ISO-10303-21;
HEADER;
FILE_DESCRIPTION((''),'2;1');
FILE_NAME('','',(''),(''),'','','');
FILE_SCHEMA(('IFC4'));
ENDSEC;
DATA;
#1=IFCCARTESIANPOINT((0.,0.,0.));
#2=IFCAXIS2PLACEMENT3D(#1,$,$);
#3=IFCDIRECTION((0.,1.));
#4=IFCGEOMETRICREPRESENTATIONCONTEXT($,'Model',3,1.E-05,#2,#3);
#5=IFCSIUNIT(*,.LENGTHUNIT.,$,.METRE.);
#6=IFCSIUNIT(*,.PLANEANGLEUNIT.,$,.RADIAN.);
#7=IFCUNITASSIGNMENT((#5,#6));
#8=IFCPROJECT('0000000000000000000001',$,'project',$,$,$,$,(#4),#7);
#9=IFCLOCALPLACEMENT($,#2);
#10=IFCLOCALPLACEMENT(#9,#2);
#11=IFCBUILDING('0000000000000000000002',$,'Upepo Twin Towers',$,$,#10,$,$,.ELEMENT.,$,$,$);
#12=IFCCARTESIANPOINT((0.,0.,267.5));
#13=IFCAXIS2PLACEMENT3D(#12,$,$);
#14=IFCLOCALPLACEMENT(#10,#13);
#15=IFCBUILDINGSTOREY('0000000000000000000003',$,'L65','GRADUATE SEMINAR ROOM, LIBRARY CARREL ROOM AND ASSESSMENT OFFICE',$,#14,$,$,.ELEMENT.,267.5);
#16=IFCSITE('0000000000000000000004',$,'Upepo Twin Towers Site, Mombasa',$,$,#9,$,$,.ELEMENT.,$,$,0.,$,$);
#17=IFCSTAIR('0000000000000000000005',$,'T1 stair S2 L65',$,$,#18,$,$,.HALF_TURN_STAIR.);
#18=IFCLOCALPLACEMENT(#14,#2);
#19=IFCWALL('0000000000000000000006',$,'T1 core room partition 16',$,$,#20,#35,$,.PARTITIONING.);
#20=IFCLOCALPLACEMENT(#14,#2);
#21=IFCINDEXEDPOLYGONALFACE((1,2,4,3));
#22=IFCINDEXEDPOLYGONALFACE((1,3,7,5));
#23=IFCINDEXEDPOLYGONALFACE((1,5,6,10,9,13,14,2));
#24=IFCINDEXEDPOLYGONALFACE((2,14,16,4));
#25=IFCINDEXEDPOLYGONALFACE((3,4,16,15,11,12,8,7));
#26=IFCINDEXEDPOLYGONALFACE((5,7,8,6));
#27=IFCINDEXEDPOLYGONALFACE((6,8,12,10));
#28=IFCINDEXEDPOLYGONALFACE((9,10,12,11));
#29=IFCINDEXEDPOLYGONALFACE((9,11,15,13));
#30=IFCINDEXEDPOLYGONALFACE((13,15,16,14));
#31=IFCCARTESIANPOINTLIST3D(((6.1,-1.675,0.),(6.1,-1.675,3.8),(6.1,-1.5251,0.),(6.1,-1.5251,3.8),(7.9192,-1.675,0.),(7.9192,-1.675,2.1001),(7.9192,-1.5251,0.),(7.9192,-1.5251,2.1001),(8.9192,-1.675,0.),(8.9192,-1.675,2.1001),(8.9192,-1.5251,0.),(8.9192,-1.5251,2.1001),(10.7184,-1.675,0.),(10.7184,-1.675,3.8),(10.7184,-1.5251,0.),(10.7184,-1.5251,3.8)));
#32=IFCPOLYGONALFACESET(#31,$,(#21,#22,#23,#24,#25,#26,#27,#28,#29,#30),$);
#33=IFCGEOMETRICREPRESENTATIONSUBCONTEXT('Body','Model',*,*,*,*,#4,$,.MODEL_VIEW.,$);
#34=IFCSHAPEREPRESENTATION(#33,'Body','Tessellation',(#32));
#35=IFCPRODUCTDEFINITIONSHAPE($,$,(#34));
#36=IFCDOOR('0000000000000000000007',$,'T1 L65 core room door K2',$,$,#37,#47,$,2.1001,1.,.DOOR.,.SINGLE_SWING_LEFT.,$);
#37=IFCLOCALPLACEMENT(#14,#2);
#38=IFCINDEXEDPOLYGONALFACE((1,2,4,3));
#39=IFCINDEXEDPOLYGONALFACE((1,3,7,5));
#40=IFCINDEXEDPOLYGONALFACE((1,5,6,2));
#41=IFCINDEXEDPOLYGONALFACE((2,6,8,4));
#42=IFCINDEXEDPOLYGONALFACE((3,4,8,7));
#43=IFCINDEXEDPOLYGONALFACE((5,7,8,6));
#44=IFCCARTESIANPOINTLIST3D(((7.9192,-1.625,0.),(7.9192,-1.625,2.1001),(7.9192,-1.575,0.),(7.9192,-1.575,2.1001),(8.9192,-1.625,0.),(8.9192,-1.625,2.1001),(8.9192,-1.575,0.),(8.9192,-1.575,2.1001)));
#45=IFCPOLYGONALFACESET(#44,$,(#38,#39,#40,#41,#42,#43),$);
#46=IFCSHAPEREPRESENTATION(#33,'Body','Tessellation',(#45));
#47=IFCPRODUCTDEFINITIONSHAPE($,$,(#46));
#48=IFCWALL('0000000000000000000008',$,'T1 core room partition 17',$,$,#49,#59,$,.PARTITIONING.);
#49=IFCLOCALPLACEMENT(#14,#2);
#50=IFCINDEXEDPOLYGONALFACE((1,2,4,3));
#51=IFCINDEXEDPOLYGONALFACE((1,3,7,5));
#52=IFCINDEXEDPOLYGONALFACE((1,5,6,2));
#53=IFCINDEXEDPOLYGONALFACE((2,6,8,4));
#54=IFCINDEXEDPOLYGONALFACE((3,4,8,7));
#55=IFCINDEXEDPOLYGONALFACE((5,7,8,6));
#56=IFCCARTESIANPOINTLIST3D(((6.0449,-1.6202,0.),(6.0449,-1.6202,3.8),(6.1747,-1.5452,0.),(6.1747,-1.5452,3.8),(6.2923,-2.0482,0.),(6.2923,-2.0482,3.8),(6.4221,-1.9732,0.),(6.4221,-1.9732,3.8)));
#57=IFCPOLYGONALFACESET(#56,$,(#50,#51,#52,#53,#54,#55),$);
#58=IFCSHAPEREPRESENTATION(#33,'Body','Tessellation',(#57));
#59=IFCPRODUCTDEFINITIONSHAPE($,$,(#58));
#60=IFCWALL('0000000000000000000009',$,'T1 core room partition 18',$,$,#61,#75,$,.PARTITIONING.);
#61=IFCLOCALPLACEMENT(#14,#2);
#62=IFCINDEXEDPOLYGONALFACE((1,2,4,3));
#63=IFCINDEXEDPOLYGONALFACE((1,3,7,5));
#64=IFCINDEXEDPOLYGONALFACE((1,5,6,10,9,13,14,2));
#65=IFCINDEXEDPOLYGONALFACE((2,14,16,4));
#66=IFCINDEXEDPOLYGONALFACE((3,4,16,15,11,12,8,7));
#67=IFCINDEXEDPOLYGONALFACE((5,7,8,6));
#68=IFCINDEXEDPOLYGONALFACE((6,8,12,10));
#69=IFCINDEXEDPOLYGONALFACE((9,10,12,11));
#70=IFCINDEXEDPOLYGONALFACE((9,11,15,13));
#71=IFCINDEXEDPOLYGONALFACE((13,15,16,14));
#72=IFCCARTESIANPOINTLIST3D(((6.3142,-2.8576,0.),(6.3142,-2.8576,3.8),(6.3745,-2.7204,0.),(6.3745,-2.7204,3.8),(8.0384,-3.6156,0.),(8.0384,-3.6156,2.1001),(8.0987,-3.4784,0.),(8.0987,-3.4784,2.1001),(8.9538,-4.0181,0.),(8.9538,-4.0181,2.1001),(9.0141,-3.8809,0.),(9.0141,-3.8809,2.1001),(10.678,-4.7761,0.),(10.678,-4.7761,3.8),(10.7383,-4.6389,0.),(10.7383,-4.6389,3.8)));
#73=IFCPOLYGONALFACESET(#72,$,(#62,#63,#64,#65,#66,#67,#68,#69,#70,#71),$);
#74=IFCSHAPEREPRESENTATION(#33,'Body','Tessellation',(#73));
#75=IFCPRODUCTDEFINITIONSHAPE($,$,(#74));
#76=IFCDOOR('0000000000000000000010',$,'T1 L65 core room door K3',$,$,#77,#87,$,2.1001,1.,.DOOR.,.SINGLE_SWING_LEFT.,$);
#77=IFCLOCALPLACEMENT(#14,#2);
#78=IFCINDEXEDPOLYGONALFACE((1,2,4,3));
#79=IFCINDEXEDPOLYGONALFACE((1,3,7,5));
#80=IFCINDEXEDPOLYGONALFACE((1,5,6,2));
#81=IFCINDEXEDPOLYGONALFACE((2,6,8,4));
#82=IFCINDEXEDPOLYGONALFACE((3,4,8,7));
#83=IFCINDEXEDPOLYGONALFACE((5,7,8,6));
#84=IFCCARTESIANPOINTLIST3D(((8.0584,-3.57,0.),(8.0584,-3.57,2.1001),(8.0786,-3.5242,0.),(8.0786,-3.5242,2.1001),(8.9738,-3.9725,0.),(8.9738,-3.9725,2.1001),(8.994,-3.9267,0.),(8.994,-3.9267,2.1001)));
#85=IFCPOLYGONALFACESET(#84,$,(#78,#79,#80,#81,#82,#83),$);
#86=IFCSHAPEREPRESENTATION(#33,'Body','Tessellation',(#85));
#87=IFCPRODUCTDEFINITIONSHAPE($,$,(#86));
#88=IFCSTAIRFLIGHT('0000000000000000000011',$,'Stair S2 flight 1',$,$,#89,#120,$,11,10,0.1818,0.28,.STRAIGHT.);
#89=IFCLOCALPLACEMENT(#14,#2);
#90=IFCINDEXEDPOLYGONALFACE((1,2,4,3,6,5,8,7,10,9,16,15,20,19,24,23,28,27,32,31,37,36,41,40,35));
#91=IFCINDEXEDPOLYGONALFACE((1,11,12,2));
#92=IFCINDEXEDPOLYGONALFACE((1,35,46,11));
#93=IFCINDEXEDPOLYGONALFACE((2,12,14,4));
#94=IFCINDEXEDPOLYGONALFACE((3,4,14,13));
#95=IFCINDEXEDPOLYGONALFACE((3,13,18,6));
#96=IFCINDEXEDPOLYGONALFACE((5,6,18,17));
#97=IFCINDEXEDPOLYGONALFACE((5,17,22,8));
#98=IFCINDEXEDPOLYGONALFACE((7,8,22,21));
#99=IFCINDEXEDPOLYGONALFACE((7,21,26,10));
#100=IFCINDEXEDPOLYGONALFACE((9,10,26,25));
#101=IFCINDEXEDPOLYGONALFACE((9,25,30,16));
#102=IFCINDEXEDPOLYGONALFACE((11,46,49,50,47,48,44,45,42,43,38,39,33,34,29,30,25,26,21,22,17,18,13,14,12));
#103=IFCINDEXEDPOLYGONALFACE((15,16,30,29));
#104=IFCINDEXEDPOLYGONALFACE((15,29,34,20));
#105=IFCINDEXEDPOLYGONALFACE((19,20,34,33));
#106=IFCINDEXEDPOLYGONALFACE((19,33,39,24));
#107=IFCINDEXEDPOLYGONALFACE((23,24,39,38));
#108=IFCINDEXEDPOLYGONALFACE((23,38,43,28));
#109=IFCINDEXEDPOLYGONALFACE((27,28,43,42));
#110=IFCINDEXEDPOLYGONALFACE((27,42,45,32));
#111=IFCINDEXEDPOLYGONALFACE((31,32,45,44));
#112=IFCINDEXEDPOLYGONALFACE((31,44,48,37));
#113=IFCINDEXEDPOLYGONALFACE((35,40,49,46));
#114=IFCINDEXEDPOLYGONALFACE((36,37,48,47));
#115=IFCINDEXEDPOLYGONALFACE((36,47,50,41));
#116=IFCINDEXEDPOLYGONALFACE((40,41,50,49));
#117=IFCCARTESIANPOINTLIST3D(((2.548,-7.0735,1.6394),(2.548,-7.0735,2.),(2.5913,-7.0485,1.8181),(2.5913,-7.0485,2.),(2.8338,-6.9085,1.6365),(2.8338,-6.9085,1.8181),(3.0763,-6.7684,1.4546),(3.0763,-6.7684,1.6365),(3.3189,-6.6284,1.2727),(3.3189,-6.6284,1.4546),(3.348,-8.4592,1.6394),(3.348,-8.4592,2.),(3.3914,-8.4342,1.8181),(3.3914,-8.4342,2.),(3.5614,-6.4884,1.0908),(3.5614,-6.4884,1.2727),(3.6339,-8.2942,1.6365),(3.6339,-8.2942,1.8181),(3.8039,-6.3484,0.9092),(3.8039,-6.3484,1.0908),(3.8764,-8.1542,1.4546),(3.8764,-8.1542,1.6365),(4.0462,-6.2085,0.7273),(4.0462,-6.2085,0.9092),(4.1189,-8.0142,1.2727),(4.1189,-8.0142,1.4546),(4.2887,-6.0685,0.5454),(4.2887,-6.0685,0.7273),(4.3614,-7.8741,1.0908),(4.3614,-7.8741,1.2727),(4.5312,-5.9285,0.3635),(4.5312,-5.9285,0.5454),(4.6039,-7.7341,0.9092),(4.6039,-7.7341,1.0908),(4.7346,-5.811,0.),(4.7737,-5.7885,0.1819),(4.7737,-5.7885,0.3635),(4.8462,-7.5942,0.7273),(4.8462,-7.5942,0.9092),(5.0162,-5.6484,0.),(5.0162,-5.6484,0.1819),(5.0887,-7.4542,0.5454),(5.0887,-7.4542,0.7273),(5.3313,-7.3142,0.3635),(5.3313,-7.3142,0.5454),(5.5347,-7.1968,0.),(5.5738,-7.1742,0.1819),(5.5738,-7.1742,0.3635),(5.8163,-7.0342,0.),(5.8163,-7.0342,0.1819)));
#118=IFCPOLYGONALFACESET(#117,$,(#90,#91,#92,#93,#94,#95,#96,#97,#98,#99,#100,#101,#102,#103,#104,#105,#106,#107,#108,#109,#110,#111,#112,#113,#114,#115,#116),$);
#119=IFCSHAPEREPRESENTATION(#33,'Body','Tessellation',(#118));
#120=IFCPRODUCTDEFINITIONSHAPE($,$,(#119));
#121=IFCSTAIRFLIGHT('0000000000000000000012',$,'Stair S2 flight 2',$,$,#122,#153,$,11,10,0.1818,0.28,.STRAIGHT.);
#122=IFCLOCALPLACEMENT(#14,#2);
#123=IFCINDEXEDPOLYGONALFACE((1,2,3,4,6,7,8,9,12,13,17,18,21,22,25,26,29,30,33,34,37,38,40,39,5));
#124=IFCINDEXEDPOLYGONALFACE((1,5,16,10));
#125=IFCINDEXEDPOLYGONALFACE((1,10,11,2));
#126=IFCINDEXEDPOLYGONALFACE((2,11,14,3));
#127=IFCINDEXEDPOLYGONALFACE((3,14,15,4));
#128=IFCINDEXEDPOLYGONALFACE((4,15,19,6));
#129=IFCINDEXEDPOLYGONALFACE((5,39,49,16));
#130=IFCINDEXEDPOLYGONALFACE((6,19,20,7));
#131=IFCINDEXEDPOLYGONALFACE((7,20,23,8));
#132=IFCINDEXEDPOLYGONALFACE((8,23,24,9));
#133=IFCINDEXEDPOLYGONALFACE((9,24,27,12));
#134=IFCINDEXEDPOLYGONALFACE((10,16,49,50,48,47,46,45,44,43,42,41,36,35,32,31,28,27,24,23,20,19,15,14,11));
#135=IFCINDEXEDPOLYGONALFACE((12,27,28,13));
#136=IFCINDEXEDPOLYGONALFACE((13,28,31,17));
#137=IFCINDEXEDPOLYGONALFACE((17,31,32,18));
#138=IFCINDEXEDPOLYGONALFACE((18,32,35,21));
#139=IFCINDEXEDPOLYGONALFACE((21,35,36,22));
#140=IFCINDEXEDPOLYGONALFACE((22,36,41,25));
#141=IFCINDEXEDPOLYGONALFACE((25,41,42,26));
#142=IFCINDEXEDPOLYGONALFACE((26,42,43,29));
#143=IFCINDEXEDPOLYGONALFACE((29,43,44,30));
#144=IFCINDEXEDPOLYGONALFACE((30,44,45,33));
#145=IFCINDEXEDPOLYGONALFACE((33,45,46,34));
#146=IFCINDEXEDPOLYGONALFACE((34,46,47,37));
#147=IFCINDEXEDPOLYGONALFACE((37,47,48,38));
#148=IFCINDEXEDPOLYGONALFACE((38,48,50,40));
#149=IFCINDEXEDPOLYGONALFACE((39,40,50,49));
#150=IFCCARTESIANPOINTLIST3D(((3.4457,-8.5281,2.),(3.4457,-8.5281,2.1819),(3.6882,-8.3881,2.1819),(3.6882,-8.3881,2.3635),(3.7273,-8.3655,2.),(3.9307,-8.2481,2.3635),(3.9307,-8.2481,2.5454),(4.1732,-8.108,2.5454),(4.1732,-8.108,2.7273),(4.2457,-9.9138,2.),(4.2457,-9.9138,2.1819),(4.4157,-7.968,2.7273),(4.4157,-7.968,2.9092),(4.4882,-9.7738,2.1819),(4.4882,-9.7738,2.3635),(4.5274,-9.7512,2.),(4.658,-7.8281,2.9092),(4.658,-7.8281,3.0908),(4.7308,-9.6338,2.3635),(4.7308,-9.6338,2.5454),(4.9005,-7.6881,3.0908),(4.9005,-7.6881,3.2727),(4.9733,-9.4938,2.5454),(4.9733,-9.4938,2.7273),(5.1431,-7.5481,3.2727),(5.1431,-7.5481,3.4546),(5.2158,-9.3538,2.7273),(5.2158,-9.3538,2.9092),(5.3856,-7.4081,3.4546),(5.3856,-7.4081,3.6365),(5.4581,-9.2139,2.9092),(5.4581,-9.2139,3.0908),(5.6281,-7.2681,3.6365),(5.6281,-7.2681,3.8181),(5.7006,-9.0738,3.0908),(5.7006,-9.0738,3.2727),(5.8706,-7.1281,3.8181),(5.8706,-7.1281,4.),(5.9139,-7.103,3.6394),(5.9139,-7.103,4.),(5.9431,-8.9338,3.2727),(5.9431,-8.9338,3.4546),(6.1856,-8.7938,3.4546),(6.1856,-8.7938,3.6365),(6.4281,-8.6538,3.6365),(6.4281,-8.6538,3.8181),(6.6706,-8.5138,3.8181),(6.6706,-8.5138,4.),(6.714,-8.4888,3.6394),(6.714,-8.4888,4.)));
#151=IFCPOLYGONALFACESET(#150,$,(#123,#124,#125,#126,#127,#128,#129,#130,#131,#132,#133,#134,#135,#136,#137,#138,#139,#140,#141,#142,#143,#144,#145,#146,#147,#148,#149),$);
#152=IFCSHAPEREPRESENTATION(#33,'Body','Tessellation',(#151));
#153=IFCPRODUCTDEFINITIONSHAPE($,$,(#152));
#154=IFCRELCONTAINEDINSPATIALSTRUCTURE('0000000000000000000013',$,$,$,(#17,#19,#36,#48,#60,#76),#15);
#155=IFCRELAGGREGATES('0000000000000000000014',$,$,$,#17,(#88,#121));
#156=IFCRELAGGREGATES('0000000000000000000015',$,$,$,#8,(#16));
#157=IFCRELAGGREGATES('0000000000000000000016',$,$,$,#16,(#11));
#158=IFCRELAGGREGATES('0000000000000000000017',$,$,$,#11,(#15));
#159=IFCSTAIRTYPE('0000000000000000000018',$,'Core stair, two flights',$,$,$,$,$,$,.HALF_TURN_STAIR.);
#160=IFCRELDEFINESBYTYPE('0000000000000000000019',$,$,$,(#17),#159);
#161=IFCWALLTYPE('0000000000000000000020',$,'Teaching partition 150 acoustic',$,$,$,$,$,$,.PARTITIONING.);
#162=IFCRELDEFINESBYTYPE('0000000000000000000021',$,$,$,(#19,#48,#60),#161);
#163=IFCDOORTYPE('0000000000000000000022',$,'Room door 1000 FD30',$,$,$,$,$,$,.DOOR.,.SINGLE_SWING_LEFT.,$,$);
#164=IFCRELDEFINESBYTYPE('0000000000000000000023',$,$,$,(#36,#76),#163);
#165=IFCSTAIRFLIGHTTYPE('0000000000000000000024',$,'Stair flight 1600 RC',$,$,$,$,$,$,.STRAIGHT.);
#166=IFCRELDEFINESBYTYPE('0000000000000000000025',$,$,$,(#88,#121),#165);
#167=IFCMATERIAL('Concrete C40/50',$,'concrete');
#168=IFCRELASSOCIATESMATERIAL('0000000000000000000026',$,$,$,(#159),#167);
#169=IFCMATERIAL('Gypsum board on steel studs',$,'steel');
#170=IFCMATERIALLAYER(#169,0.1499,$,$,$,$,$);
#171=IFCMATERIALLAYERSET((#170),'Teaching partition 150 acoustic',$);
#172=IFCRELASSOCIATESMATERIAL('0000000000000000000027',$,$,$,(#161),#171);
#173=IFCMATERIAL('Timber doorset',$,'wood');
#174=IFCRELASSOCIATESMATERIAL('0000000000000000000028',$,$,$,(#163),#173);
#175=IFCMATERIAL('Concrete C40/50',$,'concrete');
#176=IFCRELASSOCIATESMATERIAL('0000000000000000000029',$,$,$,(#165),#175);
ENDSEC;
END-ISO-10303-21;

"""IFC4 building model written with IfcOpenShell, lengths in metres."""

from ifc_helpers import new_model, si_unit, direction, frame, frame_2d, origin, place, context, subcontext, project, spatial, polyline, rectangle, outline, extrude, material, layer, layer_set, type_object, element, fill, aggregate, save


model = new_model("IFC4")

# Units and contexts
model_context = context("Model", 3, precision=1e-05, world=origin(), true_north=direction((0.0, 1.0)))
body_context = subcontext(model_context, "Body", "Model", "MODEL_VIEW")
ifc_project = project(units=[si_unit("LENGTHUNIT", "METRE"), si_unit("PLANEANGLEUNIT", "RADIAN")], contexts=[model_context])

# Site, building, storey
site_placement = place(None, origin())
site = spatial("IfcSite", under=ifc_project, at=site_placement, Name="Upepo Twin Towers Site, Mombasa", CompositionType="ELEMENT", RefElevation=0.0)
building_placement = place(site_placement, origin())
building = spatial("IfcBuilding", under=site, at=building_placement, Name="Upepo Twin Towers", CompositionType="ELEMENT")
storey_placement = place(building_placement, frame((0.0, 0.0, 267.5)))
storey = spatial("IfcBuildingStorey", under=building, at=storey_placement, Name="L65", Description="GRADUATE SEMINAR ROOM, LIBRARY CARREL ROOM AND ASSESSMENT OFFICE", CompositionType="ELEMENT", Elevation=267.5)

# Stair
ifc_material_1 = material(Name="Concrete C40/50", Category="concrete")
stair_type = type_object("IfcStairType", Name="Core stair, two flights", PredefinedType="HALF_TURN_STAIR", material=ifc_material_1)
stair_1_placement = place(storey_placement, origin())
stair_1 = element("IfcStair", 1, at=stair_1_placement, inside=storey, type_object=stair_type, Name="T1 stair S2 L65", PredefinedType="HALF_TURN_STAIR")

# Shared definitions
ifc_material_2 = material(Name="Gypsum board on steel studs", Category="steel")
ifc_layer_1 = layer(ifc_material_2, 0.1499)
ifc_layer_set_1 = layer_set([ifc_layer_1], Name="Teaching partition 150 acoustic")
wall_type_1 = type_object("IfcWallType", Name="Teaching partition 150 acoustic", PredefinedType="PARTITIONING", material=ifc_layer_set_1)

# Wall, opening, door
wall_1_placement = place(storey_placement, frame((10.7183, -1.6001, 0.0), z_axis=(0.0, 0.0, 1.0), x_axis=(-1.0, 0.0, 0.0)))
wall_1 = element("IfcWall", 2, at=wall_1_placement, inside=storey, type_object=wall_type_1, Name="T1 core room partition 16", PredefinedType="PARTITIONING", context=body_context, shape_type="SweptSolid", body=[
    extrude(rectangle(XDim=4.6184, YDim=0.1499, at=frame_2d((2.3091, 0.0))), origin(), (0.0, 0.0, 1.0), 3.8),
])
opening_1_placement = place(wall_1_placement, frame((1.7991, 0.0, 0.0)))
opening_1 = element("IfcOpeningElement", 3, at=opening_1_placement, cuts=wall_1, PredefinedType="OPENING", context=body_context, shape_type="SweptSolid", body=[
    extrude(rectangle(XDim=1.0, YDim=2.1001, at=frame_2d((0.5, 1.05))), frame((0.0, 0.085, 0.0), z_axis=(0.0, -1.0, 0.0), x_axis=(1.0, 0.0, 0.0)), (0.0, 0.0, 1.0), 0.1699),
])
ifc_material_3 = material(Name="Timber doorset", Category="wood")
door_type_1 = type_object("IfcDoorType", Name="Room door 1000 FD30", OperationType="SINGLE_SWING_LEFT", PredefinedType="DOOR", material=ifc_material_3)
door_1_placement = place(opening_1_placement, origin())
door_1 = element("IfcDoor", 4, at=door_1_placement, inside=storey, type_object=door_type_1, Name="T1 L65 core room door K2", OperationType="SINGLE_SWING_LEFT", OverallHeight=2.1001, OverallWidth=1.0, PredefinedType="DOOR", context=body_context, shape_type="SweptSolid", body=[
    extrude(rectangle(XDim=1.0, YDim=2.1001, at=frame_2d((0.5, 1.05))), frame((0.0, 0.0249, 0.0), z_axis=(0.0, -1.0, 0.0), x_axis=(1.0, 0.0, 0.0)), (0.0, 0.0, 1.0), 0.05),
])
fill(opening_1, door_1)

# Wall
wall_2_placement = place(storey_placement, frame((6.1099, -1.5828, 0.0), z_axis=(0.0, 0.0, 1.0), x_axis=(0.500335, -0.865832, 0.0)))
element("IfcWall", 5, at=wall_2_placement, inside=storey, type_object=wall_type_1, Name="T1 core room partition 17", PredefinedType="PARTITIONING", context=body_context, shape_type="SweptSolid", body=[
    extrude(rectangle(XDim=0.4944, YDim=0.1499, at=frame_2d((0.2471, 0.0))), origin(), (0.0, 0.0, 1.0), 3.8),
])

# Wall, opening, door
wall_3_placement = place(storey_placement, frame((6.3445, -2.7891, 0.0), z_axis=(0.0, 0.0, 1.0), x_axis=(0.915439, -0.402457, 0.0)))
wall_3 = element("IfcWall", 6, at=wall_3_placement, inside=storey, type_object=wall_type_1, Name="T1 core room partition 18", PredefinedType="PARTITIONING", context=body_context, shape_type="SweptSolid", body=[
    extrude(rectangle(XDim=4.7668, YDim=0.1499, at=frame_2d((2.3833, 0.0))), origin(), (0.0, 0.0, 1.0), 3.8),
])
opening_2_placement = place(wall_3_placement, frame((1.8833, 0.0, 0.0)))
opening_2 = element("IfcOpeningElement", 7, at=opening_2_placement, cuts=wall_3, PredefinedType="OPENING", context=body_context, shape_type="SweptSolid", body=[
    extrude(rectangle(XDim=1.0, YDim=2.1001, at=frame_2d((0.5, 1.05))), frame((0.0, 0.085, 0.0), z_axis=(0.0, -1.0, 0.0), x_axis=(1.0, 0.0, 0.0)), (0.0, 0.0, 1.0), 0.1699),
])
door_2_placement = place(opening_2_placement, origin())
door_2 = element("IfcDoor", 8, at=door_2_placement, inside=storey, type_object=door_type_1, Name="T1 L65 core room door K3", OperationType="SINGLE_SWING_LEFT", OverallHeight=2.1001, OverallWidth=1.0, PredefinedType="DOOR", context=body_context, shape_type="SweptSolid", body=[
    extrude(rectangle(XDim=1.0, YDim=2.1001, at=frame_2d((0.5, 1.05))), frame((0.0, 0.0249, 0.0), z_axis=(0.0, -1.0, 0.0), x_axis=(1.0, 0.0, 0.0)), (0.0, 0.0, 1.0), 0.05),
])
fill(opening_2, door_2)

# Stair flights
ifc_material_4 = material(Name="Concrete C40/50", Category="concrete")
stair_flight_type = type_object("IfcStairFlightType", Name="Stair flight 1600 RC", PredefinedType="STRAIGHT", material=ifc_material_4)
stair_flight_1_placement = place(storey_placement, frame((5.4163, -6.3413, 0.0), z_axis=(0.0, 0.0, 1.0), x_axis=(-0.866025, -0.5, 0.0)))
stair_flight_1 = element("IfcStairFlight", 9, at=stair_flight_1_placement, type_object=stair_flight_type, Name="Stair S2 flight 1", NumberOfRisers=11, NumberOfTreads=10, PredefinedType="STRAIGHT", RiserHeight=0.1818, TreadLength=0.28, context=body_context, shape_type="SweptSolid", body=[
    extrude(outline(polyline([(0.0, 0.0), (0.0, 0.1819), (0.28, 0.1819), (0.28, 0.3635), (0.5601, 0.3635), (0.5601, 0.5454), (0.8401, 0.5454), (0.8401, 0.7273), (1.1201, 0.7273), (1.1201, 0.9092), (1.3999, 0.9092), (1.3999, 1.0908), (1.6799, 1.0908), (1.6799, 1.2727), (1.96, 1.2727), (1.96, 1.4546), (2.24, 1.4546), (2.24, 1.6365), (2.52, 1.6365), (2.52, 1.8181), (2.8, 1.8181), (2.8, 2.0), (2.8501, 2.0), (2.8501, 1.6394), (0.3252, 0.0), (0.0, 0.0)])), frame((0.0, 0.8, 0.0), z_axis=(0.0, -1.0, 0.0), x_axis=(1.0, 0.0, 0.0)), (0.0, 0.0, 1.0), 1.6001),
])
stair_flight_2_placement = place(storey_placement, frame((3.8457, -9.2209, 2.0), z_axis=(0.0, 0.0, 1.0), x_axis=(0.866025, 0.5, 0.0)))
stair_flight_2 = element("IfcStairFlight", 10, at=stair_flight_2_placement, type_object=stair_flight_type, Name="Stair S2 flight 2", NumberOfRisers=11, NumberOfTreads=10, PredefinedType="STRAIGHT", RiserHeight=0.1818, TreadLength=0.28, context=body_context, shape_type="SweptSolid", body=[
    extrude(outline(polyline([(0.0, 0.0), (0.0, 0.1819), (0.28, 0.1819), (0.28, 0.3635), (0.5601, 0.3635), (0.5601, 0.5454), (0.8401, 0.5454), (0.8401, 0.7273), (1.1201, 0.7273), (1.1201, 0.9092), (1.3999, 0.9092), (1.3999, 1.0908), (1.6799, 1.0908), (1.6799, 1.2727), (1.96, 1.2727), (1.96, 1.4546), (2.24, 1.4546), (2.24, 1.6365), (2.52, 1.6365), (2.52, 1.8181), (2.8, 1.8181), (2.8, 2.0), (2.8501, 2.0), (2.8501, 1.6394), (0.3252, 0.0), (0.0, 0.0)])), frame((0.0, 0.8, 0.0), z_axis=(0.0, -1.0, 0.0), x_axis=(1.0, 0.0, 0.0)), (0.0, 0.0, 1.0), 1.6001),
])
aggregate(stair_1, [stair_flight_1, stair_flight_2])

save(model, "model.ifc")
